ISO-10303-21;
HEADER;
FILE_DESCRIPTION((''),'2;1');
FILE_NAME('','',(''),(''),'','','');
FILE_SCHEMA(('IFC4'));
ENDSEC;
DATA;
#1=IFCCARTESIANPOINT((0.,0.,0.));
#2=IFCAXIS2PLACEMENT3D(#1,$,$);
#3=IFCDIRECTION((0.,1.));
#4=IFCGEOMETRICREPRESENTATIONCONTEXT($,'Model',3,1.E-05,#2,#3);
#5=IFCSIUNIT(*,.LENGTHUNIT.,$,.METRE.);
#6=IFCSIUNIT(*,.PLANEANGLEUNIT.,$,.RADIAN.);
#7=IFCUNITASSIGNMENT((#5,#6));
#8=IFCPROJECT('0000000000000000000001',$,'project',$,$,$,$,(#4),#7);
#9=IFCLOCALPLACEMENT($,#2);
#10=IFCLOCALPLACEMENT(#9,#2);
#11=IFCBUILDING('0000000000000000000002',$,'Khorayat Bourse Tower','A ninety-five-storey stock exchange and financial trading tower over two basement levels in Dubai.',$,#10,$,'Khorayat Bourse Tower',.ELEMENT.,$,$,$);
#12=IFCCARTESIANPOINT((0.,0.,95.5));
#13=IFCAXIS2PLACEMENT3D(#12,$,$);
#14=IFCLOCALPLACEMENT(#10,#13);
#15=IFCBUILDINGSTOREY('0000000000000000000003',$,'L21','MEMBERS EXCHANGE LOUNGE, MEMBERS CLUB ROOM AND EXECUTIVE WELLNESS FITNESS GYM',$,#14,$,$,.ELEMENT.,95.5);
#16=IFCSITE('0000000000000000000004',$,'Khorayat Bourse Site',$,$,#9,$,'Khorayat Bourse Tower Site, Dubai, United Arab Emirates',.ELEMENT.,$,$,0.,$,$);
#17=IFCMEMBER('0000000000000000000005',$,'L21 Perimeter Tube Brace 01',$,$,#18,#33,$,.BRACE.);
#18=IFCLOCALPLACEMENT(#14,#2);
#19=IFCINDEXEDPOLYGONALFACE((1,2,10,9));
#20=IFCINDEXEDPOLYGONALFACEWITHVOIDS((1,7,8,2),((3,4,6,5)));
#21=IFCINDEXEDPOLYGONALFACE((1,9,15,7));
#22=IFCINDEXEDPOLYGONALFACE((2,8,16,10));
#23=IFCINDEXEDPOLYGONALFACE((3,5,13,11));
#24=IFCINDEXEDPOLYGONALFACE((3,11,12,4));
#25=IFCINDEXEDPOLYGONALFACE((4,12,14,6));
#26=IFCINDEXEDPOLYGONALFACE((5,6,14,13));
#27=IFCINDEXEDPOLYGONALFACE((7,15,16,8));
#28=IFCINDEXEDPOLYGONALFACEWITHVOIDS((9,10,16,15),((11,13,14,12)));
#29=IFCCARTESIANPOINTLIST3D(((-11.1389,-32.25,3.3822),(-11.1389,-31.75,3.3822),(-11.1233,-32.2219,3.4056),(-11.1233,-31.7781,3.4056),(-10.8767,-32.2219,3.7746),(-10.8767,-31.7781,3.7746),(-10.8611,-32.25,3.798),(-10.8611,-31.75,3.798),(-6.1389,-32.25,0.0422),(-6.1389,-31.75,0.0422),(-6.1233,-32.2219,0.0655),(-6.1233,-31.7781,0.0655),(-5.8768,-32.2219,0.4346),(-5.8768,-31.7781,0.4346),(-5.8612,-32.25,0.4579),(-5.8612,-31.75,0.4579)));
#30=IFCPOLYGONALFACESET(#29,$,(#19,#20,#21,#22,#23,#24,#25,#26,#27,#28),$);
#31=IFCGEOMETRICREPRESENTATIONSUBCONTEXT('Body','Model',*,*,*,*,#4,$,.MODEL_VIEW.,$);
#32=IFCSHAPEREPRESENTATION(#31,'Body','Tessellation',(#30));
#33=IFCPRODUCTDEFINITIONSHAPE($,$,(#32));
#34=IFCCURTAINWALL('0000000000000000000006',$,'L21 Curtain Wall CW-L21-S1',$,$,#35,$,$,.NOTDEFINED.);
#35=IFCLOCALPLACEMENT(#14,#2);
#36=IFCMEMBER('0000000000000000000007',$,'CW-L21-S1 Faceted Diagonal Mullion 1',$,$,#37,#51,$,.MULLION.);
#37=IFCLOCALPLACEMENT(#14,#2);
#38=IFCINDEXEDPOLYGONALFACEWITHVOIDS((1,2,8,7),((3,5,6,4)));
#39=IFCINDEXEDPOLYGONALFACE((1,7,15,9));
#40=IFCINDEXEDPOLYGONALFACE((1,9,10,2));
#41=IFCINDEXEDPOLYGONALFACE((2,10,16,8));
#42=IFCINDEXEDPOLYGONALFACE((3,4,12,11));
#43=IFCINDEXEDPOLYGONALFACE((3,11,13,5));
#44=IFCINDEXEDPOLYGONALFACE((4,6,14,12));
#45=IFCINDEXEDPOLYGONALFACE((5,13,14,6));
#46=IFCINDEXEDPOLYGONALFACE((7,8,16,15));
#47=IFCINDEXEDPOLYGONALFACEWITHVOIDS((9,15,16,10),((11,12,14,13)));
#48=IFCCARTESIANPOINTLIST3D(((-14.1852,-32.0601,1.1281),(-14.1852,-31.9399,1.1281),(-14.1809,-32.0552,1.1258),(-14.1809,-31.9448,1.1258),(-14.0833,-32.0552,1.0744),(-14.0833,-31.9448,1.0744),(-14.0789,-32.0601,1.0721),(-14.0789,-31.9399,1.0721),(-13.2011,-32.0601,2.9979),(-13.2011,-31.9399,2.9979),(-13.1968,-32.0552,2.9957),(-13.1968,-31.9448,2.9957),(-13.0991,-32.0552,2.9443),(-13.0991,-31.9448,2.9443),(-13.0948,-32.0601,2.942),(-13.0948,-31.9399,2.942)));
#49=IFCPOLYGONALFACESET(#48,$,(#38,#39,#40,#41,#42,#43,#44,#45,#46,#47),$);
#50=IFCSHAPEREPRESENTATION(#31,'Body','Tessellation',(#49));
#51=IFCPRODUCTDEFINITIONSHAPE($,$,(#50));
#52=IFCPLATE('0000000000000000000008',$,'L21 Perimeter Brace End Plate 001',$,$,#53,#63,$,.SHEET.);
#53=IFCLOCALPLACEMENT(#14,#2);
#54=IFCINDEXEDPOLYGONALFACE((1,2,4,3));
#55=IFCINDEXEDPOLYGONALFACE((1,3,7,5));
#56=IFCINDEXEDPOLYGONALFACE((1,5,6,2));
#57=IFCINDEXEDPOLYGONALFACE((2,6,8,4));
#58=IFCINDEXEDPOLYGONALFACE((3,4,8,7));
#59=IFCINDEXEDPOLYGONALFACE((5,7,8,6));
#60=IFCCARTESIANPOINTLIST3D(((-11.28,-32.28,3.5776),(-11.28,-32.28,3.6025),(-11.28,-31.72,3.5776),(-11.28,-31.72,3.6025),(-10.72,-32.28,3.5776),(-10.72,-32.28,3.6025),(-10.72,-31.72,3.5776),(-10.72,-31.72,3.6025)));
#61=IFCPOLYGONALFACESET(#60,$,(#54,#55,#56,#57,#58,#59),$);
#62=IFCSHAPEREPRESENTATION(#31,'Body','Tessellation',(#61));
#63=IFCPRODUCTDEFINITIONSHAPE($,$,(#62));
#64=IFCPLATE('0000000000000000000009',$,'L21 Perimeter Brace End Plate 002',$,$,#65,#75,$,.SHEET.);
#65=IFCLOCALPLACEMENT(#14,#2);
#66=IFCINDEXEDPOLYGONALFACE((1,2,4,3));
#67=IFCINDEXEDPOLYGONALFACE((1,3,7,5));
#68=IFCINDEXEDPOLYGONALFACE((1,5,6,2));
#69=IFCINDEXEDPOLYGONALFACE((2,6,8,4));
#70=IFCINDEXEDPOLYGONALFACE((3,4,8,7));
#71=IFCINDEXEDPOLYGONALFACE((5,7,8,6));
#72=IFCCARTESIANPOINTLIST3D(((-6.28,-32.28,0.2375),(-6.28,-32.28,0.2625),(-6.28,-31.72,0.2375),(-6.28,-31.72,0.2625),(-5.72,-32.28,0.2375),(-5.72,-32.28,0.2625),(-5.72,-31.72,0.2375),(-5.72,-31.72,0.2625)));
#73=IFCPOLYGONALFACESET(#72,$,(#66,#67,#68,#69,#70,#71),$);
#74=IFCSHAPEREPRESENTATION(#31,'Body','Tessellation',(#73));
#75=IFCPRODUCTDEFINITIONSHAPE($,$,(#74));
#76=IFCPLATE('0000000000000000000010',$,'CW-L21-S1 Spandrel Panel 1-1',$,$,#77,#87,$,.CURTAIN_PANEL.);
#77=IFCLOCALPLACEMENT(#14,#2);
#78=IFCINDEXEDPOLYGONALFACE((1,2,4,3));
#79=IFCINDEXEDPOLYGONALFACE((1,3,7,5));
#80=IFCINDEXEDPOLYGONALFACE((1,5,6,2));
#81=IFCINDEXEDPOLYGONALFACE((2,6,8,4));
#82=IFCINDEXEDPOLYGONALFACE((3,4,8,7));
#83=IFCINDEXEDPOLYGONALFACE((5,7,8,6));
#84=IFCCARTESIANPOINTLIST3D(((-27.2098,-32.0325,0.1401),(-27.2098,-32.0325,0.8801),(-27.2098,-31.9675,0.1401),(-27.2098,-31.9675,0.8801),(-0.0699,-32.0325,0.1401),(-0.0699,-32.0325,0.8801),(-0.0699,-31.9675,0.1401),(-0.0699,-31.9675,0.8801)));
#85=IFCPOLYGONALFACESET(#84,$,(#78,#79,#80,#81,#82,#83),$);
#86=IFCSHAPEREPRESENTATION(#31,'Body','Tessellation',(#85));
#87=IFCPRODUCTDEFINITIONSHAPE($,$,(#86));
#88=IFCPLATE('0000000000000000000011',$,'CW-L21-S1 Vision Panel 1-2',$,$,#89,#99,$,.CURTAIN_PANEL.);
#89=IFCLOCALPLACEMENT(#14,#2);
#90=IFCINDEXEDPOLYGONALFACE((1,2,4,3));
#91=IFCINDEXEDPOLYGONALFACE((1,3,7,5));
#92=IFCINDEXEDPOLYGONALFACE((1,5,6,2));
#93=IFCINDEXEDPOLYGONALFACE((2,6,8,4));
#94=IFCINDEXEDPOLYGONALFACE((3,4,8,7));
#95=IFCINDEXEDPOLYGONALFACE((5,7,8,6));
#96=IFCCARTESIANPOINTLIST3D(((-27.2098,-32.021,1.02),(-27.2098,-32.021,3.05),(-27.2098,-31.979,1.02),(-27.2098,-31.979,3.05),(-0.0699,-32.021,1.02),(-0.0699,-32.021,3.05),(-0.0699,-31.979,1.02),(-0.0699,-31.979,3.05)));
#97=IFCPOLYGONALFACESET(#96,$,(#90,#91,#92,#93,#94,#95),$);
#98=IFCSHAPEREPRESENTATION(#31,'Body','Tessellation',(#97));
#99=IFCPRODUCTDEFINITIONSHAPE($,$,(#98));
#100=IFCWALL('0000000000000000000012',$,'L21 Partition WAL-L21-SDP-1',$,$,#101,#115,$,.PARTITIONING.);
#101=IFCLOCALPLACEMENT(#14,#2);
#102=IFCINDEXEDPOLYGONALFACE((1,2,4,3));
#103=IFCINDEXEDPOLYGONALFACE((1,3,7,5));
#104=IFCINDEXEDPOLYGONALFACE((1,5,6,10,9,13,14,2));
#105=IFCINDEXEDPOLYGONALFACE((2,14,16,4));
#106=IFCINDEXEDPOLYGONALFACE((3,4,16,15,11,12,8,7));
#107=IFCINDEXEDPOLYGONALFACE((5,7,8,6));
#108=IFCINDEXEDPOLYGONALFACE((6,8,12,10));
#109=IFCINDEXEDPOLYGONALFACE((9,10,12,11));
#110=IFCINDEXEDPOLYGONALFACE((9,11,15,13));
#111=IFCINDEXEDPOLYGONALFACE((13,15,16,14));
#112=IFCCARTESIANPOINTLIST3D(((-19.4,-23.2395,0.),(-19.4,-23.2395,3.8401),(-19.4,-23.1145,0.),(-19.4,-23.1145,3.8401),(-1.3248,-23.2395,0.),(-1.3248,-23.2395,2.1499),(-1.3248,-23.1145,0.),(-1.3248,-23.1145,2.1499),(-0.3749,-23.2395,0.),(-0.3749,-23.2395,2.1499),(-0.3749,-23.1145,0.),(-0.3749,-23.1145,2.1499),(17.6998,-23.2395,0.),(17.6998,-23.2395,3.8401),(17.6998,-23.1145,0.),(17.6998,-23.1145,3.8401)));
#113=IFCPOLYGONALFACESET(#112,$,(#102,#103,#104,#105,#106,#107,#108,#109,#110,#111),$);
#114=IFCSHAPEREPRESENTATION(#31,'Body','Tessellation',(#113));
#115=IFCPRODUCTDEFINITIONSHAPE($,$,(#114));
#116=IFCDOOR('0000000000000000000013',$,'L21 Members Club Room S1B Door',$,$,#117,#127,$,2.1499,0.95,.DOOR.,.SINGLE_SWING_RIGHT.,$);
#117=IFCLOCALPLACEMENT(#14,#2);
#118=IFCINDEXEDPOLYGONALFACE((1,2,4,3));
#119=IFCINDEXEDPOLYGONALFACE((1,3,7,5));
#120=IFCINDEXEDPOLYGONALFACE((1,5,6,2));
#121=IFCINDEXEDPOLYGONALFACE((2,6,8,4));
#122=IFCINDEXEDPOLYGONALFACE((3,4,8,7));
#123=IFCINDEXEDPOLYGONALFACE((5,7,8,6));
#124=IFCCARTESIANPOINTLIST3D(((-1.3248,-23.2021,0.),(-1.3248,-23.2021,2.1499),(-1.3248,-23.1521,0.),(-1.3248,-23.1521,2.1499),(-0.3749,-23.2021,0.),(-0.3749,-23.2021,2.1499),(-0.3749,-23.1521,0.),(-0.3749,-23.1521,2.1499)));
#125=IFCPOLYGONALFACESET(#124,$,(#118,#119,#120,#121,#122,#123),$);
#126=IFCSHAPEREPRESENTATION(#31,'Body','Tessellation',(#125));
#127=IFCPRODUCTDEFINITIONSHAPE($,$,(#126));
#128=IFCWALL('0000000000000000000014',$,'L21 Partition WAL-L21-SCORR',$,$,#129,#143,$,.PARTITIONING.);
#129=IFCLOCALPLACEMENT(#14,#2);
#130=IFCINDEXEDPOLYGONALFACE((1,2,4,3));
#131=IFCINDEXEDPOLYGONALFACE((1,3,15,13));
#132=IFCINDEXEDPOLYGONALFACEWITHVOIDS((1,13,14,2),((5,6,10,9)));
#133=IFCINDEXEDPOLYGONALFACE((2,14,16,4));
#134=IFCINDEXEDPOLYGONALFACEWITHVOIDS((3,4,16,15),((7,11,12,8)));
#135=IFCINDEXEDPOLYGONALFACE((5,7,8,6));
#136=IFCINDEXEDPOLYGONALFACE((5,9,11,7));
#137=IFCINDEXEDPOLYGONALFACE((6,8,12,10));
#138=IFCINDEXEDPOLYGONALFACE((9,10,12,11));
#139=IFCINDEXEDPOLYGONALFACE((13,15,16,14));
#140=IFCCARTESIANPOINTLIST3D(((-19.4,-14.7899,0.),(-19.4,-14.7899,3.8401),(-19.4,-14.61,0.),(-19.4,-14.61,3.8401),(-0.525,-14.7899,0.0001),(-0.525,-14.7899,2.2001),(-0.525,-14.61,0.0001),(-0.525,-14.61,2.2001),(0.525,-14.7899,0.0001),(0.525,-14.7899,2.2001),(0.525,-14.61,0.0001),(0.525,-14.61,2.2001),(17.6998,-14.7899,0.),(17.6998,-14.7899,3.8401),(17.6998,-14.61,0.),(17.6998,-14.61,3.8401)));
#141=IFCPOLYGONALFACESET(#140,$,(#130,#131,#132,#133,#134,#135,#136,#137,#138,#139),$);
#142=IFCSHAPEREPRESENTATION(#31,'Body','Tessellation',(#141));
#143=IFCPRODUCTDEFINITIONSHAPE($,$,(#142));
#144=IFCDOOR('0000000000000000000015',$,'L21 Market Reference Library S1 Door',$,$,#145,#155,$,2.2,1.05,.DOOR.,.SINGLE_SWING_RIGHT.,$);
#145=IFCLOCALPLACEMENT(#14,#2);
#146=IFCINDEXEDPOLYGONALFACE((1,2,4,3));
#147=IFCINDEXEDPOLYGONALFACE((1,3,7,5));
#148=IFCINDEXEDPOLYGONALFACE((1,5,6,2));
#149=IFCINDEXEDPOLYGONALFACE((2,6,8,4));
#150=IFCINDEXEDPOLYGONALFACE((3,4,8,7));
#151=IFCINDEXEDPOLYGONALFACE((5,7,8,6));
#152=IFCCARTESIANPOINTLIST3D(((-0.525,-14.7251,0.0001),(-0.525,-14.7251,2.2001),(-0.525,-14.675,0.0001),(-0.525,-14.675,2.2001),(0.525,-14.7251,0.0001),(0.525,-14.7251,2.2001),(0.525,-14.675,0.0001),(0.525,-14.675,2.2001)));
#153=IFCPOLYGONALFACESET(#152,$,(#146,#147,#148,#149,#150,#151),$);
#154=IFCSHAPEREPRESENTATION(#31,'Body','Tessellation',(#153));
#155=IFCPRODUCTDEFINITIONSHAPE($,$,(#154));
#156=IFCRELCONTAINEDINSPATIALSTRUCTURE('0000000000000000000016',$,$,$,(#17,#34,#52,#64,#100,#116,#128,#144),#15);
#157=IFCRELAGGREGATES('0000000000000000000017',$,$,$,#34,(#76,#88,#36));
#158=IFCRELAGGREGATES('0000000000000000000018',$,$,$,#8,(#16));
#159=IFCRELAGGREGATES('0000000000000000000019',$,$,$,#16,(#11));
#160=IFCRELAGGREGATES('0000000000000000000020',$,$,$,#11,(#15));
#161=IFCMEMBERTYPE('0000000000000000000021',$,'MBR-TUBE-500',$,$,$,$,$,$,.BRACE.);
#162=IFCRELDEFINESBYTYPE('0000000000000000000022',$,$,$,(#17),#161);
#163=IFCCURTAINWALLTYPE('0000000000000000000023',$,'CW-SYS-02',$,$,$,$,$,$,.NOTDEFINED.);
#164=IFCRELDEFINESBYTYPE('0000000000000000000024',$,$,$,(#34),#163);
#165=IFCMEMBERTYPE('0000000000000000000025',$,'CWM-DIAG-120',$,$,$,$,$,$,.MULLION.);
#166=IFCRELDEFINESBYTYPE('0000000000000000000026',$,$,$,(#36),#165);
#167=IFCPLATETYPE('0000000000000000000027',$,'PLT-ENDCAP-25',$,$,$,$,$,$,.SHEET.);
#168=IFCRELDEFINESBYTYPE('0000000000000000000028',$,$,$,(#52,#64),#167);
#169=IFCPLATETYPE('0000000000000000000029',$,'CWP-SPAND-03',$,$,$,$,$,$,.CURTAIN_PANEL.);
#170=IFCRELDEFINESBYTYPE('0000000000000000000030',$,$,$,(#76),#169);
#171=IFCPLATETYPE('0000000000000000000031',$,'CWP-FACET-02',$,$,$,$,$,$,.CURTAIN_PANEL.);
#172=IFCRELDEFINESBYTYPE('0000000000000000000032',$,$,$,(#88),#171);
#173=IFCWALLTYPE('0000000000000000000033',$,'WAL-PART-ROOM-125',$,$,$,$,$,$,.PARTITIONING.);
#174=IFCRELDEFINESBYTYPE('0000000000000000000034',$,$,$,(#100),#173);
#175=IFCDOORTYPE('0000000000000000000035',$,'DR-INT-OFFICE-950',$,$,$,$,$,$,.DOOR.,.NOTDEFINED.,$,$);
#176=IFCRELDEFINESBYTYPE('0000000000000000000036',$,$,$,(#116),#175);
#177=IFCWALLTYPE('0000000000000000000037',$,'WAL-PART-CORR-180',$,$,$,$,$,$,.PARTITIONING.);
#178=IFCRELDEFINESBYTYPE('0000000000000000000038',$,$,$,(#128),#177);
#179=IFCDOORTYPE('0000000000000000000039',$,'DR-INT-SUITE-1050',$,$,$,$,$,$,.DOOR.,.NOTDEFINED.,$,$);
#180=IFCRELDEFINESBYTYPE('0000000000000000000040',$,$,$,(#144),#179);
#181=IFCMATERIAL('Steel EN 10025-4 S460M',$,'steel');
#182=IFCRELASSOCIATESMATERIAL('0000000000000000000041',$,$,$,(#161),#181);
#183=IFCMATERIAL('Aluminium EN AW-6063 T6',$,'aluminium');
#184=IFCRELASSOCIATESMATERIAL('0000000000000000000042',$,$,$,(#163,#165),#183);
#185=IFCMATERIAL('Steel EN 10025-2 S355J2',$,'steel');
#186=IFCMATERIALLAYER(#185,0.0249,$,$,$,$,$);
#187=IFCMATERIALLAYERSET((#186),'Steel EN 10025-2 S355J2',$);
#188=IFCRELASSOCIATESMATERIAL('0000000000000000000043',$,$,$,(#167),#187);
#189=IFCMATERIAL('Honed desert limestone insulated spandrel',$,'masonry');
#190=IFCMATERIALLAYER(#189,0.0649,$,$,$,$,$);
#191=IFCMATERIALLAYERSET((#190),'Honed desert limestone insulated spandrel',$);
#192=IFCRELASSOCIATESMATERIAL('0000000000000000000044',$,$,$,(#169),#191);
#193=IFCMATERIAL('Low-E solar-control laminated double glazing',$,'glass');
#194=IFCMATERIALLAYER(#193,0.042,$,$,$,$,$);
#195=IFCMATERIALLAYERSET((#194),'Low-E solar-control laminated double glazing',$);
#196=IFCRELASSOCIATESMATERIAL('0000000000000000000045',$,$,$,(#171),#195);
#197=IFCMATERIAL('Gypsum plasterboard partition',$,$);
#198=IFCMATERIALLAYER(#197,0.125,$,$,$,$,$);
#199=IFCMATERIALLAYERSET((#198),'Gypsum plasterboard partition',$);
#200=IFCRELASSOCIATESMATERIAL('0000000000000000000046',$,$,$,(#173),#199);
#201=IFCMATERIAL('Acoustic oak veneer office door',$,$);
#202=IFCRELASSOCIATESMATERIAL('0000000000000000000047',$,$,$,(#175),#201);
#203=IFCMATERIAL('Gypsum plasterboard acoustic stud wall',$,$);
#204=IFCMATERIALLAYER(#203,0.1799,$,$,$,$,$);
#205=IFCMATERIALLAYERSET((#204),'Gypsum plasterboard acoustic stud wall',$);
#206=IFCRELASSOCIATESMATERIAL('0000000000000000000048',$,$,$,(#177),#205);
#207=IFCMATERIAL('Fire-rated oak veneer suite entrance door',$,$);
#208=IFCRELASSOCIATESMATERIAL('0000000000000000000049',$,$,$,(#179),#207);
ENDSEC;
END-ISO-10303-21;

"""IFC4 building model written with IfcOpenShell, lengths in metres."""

from ifc_helpers import new_model, si_unit, direction, frame, frame_2d, origin, origin_2d, place, context, subcontext, project, spatial, rectangle, hollow_rectangle, extrude, source, transform, mapped, material, layer, layer_set, material_profile, profile_set, type_object, element, fill, aggregate, save


model = new_model("IFC4")

# Units and contexts
model_context = context("Model", 3, precision=1e-05, world=origin(), true_north=direction((0.0, 1.0)))
body_context = subcontext(model_context, "Body", "Model", "MODEL_VIEW")
ifc_project = project(units=[si_unit("LENGTHUNIT", "METRE"), si_unit("PLANEANGLEUNIT", "RADIAN")], contexts=[model_context])

# Site, building, storey
site_placement = place(None, origin())
site = spatial("IfcSite", under=ifc_project, at=site_placement, Name="Khorayat Bourse Site", LongName="Khorayat Bourse Tower Site, Dubai, United Arab Emirates", CompositionType="ELEMENT", RefElevation=0.0)
building_placement = place(site_placement, origin())
building = spatial("IfcBuilding", under=site, at=building_placement, Name="Khorayat Bourse Tower", Description="A ninety-five-storey stock exchange and financial trading tower over two basement levels in Dubai.", LongName="Khorayat Bourse Tower", CompositionType="ELEMENT")
storey_placement = place(building_placement, frame((0.0, 0.0, 95.5)))
storey = spatial("IfcBuildingStorey", under=building, at=storey_placement, Name="L21", Description="MEMBERS EXCHANGE LOUNGE, MEMBERS CLUB ROOM AND EXECUTIVE WELLNESS FITNESS GYM", CompositionType="ELEMENT", Elevation=95.5)

# Shared definitions
ifc_material_1 = material(Name="Steel EN 10025-4 S460M", Category="steel")

# Member
ifc_material_profile_1 = material_profile(ifc_material_1, hollow_rectangle(XDim=0.5, YDim=0.5, WallThickness=0.0281, at=origin_2d()), Name="HSS 500x500x28")
ifc_profile_set_1 = profile_set([ifc_material_profile_1], Name="Steel EN 10025-4 S460M")
member_type_1 = type_object("IfcMemberType", Name="MBR-TUBE-500", PredefinedType="BRACE", material=ifc_profile_set_1)
shared_shape_1 = source(origin(), body_context, "Body", "SweptSolid", [
    extrude(hollow_rectangle(XDim=0.5, YDim=0.5, WallThickness=0.0281, at=origin_2d()), origin(), (0.0, 0.0, 1.0), 6.0129),
])
member_1_placement = place(storey_placement, frame((-11.0, -32.0, 3.5901), z_axis=(0.831531, 0.0, -0.555478), x_axis=(0.0, 1.0, 0.0)))
element("IfcMember", 1, at=member_1_placement, inside=storey, type_object=member_type_1, Name="L21 Perimeter Tube Brace 01", PredefinedType="BRACE", context=body_context, shape_type="MappedRepresentation", body=[
    mapped(shared_shape_1, transform((0.0, 0.0, 0.0), scale=1.0)),
])

# Curtain wall, member
ifc_material_2 = material(Name="Aluminium EN AW-6063 T6", Category="aluminium")
curtain_wall_type = type_object("IfcCurtainWallType", Name="CW-SYS-02", PredefinedType="NOTDEFINED", material=ifc_material_2)
curtain_wall_placement = place(storey_placement, origin())
curtain_wall = element("IfcCurtainWall", 2, at=curtain_wall_placement, inside=storey, type_object=curtain_wall_type, Name="L21 Curtain Wall CW-L21-S1", PredefinedType="NOTDEFINED")
ifc_material_profile_2 = material_profile(ifc_material_2, hollow_rectangle(XDim=0.1201, YDim=0.1201, WallThickness=0.0049, at=origin_2d()), Name="ALU 120x120x5")
ifc_profile_set_2 = profile_set([ifc_material_profile_2], Name="Aluminium EN AW-6063 T6")
member_type_2 = type_object("IfcMemberType", Name="CWM-DIAG-120", PredefinedType="MULLION", material=ifc_profile_set_2)
shared_shape_2 = source(origin(), body_context, "Body", "SweptSolid", [
    extrude(hollow_rectangle(XDim=0.1201, YDim=0.1201, WallThickness=0.0049, at=origin_2d()), origin(), (0.0, 0.0, 1.0), 2.113),
])
member_2_placement = place(storey_placement, frame((-14.1321, -32.0, 1.1001), z_axis=(0.465742, 0.0, 0.884921), x_axis=(0.0, 1.0, 0.0)))
member_2 = element("IfcMember", 3, at=member_2_placement, type_object=member_type_2, Name="CW-L21-S1 Faceted Diagonal Mullion 1", PredefinedType="MULLION", context=body_context, shape_type="MappedRepresentation", body=[
    mapped(shared_shape_2, transform((0.0, 0.0, 0.0), scale=1.0)),
])

# Plates
ifc_material_3 = material(Name="Steel EN 10025-2 S355J2", Category="steel")
ifc_layer_1 = layer(ifc_material_3, 0.0249)
ifc_layer_set_1 = layer_set([ifc_layer_1], Name="Steel EN 10025-2 S355J2")
plate_type_1 = type_object("IfcPlateType", Name="PLT-ENDCAP-25", PredefinedType="SHEET", material=ifc_layer_set_1)
shared_shape_3 = source(origin(), body_context, "Body", "SweptSolid", [
    extrude(rectangle(XDim=0.5601, YDim=0.5601, at=origin_2d()), origin(), (0.0, 0.0, 1.0), 0.0249),
])
for number, where, z_axis, x_axis, name in (
    (4, (-11.0, -32.0, 3.5776), (0.0, 0.0, 1.0), (1.0, 0.0, 0.0), "L21 Perimeter Brace End Plate 001"),
    (5, (-6.0, -32.0, 0.2375), (0.0, 0.0, 1.0), (1.0, 0.0, 0.0), "L21 Perimeter Brace End Plate 002"),
):
    element("IfcPlate", number, at=place(storey_placement, frame(where, z_axis=z_axis, x_axis=x_axis)), inside=storey, type_object=plate_type_1, Name=name, PredefinedType="SHEET", context=body_context, shape_type="MappedRepresentation", body=[
        mapped(shared_shape_3, transform((0.0, 0.0, 0.0), scale=1.0)),
    ])

# Plates
ifc_material_4 = material(Name="Honed desert limestone insulated spandrel", Category="masonry")
ifc_layer_2 = layer(ifc_material_4, 0.0649)
ifc_layer_set_2 = layer_set([ifc_layer_2], Name="Honed desert limestone insulated spandrel")
plate_type_2 = type_object("IfcPlateType", Name="CWP-SPAND-03", PredefinedType="CURTAIN_PANEL", material=ifc_layer_set_2)
shared_shape_4 = source(origin(), body_context, "Body", "SweptSolid", [
    extrude(rectangle(XDim=27.1399, YDim=0.0649, at=origin_2d()), origin(), (0.0, 0.0, 1.0), 0.74),
])
plate_1_placement = place(storey_placement, frame((-13.6399, -32.0, 0.1401), z_axis=(0.0, 0.0, 1.0), x_axis=(1.0, 0.0, 0.0)))
plate_1 = element("IfcPlate", 6, at=plate_1_placement, type_object=plate_type_2, Name="CW-L21-S1 Spandrel Panel 1-1", PredefinedType="CURTAIN_PANEL", context=body_context, shape_type="MappedRepresentation", body=[
    mapped(shared_shape_4, transform((0.0, 0.0, 0.0), scale=1.0)),
])
ifc_material_5 = material(Name="Low-E solar-control laminated double glazing", Category="glass")
ifc_layer_3 = layer(ifc_material_5, 0.042)
ifc_layer_set_3 = layer_set([ifc_layer_3], Name="Low-E solar-control laminated double glazing")
plate_type_3 = type_object("IfcPlateType", Name="CWP-FACET-02", PredefinedType="CURTAIN_PANEL", material=ifc_layer_set_3)
shared_shape_5 = source(origin(), body_context, "Body", "SweptSolid", [
    extrude(rectangle(XDim=27.1399, YDim=0.042, at=origin_2d()), origin(), (0.0, 0.0, 1.0), 2.03),
])
plate_2_placement = place(storey_placement, frame((-13.6399, -32.0, 1.02), z_axis=(0.0, 0.0, 1.0), x_axis=(1.0, 0.0, 0.0)))
plate_2 = element("IfcPlate", 7, at=plate_2_placement, type_object=plate_type_3, Name="CW-L21-S1 Vision Panel 1-2", PredefinedType="CURTAIN_PANEL", context=body_context, shape_type="MappedRepresentation", body=[
    mapped(shared_shape_5, transform((0.0, 0.0, 0.0), scale=1.0)),
])
aggregate(curtain_wall, [plate_1, plate_2, member_2])

# Walls, openings, doors
ifc_material_6 = material(Name="Gypsum plasterboard partition")
ifc_layer_4 = layer(ifc_material_6, 0.125)
ifc_layer_set_4 = layer_set([ifc_layer_4], Name="Gypsum plasterboard partition")
wall_type_1 = type_object("IfcWallType", Name="WAL-PART-ROOM-125", PredefinedType="PARTITIONING", material=ifc_layer_set_4)
shared_shape_6 = source(origin(), body_context, "Body", "SweptSolid", [
    extrude(rectangle(XDim=37.0999, YDim=0.125, at=frame_2d((18.5498, 0.0))), origin(), (0.0, 0.0, 1.0), 3.8401),
])
wall_1_placement = place(storey_placement, frame((-19.3999, -23.177, 0.0), z_axis=(0.0, 0.0, 1.0), x_axis=(1.0, 0.0, 0.0)))
wall_1 = element("IfcWall", 8, at=wall_1_placement, inside=storey, type_object=wall_type_1, Name="L21 Partition WAL-L21-SDP-1", PredefinedType="PARTITIONING", context=body_context, shape_type="MappedRepresentation", body=[
    mapped(shared_shape_6, transform((0.0, 0.0, 0.0), scale=1.0)),
])
shared_shape_7 = source(origin(), body_context, "Body", "SweptSolid", [
    extrude(rectangle(XDim=0.95, YDim=2.1499, at=frame_2d((0.4751, 1.075))), frame((0.0, 0.0725, 0.0), z_axis=(0.0, -1.0, 0.0), x_axis=(1.0, 0.0, 0.0)), (0.0, 0.0, 1.0), 0.145),
])
opening_1_placement = place(wall_1_placement, frame((18.075, 0.0, 0.0)))
opening_1 = element("IfcOpeningElement", 9, at=opening_1_placement, cuts=wall_1, PredefinedType="OPENING", context=body_context, shape_type="MappedRepresentation", body=[
    mapped(shared_shape_7, transform((0.0, 0.0, 0.0), scale=1.0)),
])
ifc_material_7 = material(Name="Acoustic oak veneer office door")
door_type_1 = type_object("IfcDoorType", Name="DR-INT-OFFICE-950", OperationType="NOTDEFINED", PredefinedType="DOOR", material=ifc_material_7)
shared_shape_8 = source(origin(), body_context, "Body", "SweptSolid", [
    extrude(rectangle(XDim=0.95, YDim=2.1499, at=frame_2d((0.4751, 1.075))), frame((0.0, 0.0249, 0.0), z_axis=(0.0, -1.0, 0.0), x_axis=(1.0, 0.0, 0.0)), (0.0, 0.0, 1.0), 0.05),
])
door_1_placement = place(opening_1_placement, origin())
door_1 = element("IfcDoor", 10, at=door_1_placement, inside=storey, type_object=door_type_1, Name="L21 Members Club Room S1B Door", OperationType="SINGLE_SWING_RIGHT", OverallHeight=2.1499, OverallWidth=0.95, PredefinedType="DOOR", context=body_context, shape_type="MappedRepresentation", body=[
    mapped(shared_shape_8, transform((0.0, 0.0, 0.0), scale=1.0)),
])
fill(opening_1, door_1)
ifc_material_8 = material(Name="Gypsum plasterboard acoustic stud wall")
ifc_layer_5 = layer(ifc_material_8, 0.1799)
ifc_layer_set_5 = layer_set([ifc_layer_5], Name="Gypsum plasterboard acoustic stud wall")
wall_type_2 = type_object("IfcWallType", Name="WAL-PART-CORR-180", PredefinedType="PARTITIONING", material=ifc_layer_set_5)
shared_shape_9 = source(origin(), body_context, "Body", "SweptSolid", [
    extrude(rectangle(XDim=37.0999, YDim=0.1799, at=frame_2d((18.5498, 0.0))), origin(), (0.0, 0.0, 1.0), 3.8401),
])
wall_2_placement = place(storey_placement, frame((-19.3999, -14.7, 0.0), z_axis=(0.0, 0.0, 1.0), x_axis=(1.0, 0.0, 0.0)))
wall_2 = element("IfcWall", 11, at=wall_2_placement, inside=storey, type_object=wall_type_2, Name="L21 Partition WAL-L21-SCORR", PredefinedType="PARTITIONING", context=body_context, shape_type="MappedRepresentation", body=[
    mapped(shared_shape_9, transform((0.0, 0.0, 0.0), scale=1.0)),
])
shared_shape_10 = source(origin(), body_context, "Body", "SweptSolid", [
    extrude(rectangle(XDim=1.05, YDim=2.2, at=frame_2d((0.5249, 1.1001))), frame((0.0, 0.0999, 0.0), z_axis=(0.0, -1.0, 0.0), x_axis=(1.0, 0.0, 0.0)), (0.0, 0.0, 1.0), 0.2),
])
opening_2_placement = place(wall_2_placement, frame((18.875, 0.0, 0.0)))
opening_2 = element("IfcOpeningElement", 12, at=opening_2_placement, cuts=wall_2, PredefinedType="OPENING", context=body_context, shape_type="MappedRepresentation", body=[
    mapped(shared_shape_10, transform((0.0, 0.0, 0.0), scale=1.0)),
])
ifc_material_9 = material(Name="Fire-rated oak veneer suite entrance door")
door_type_2 = type_object("IfcDoorType", Name="DR-INT-SUITE-1050", OperationType="NOTDEFINED", PredefinedType="DOOR", material=ifc_material_9)
shared_shape_11 = source(origin(), body_context, "Body", "SweptSolid", [
    extrude(rectangle(XDim=1.05, YDim=2.2, at=frame_2d((0.5249, 1.1001))), frame((0.0, 0.0249, 0.0), z_axis=(0.0, -1.0, 0.0), x_axis=(1.0, 0.0, 0.0)), (0.0, 0.0, 1.0), 0.05),
])
door_2_placement = place(opening_2_placement, origin())
door_2 = element("IfcDoor", 13, at=door_2_placement, inside=storey, type_object=door_type_2, Name="L21 Market Reference Library S1 Door", OperationType="SINGLE_SWING_RIGHT", OverallHeight=2.2, OverallWidth=1.05, PredefinedType="DOOR", context=body_context, shape_type="MappedRepresentation", body=[
    mapped(shared_shape_11, transform((0.0, 0.0, 0.0), scale=1.0)),
])
fill(opening_2, door_2)

save(model, "model.ifc")
